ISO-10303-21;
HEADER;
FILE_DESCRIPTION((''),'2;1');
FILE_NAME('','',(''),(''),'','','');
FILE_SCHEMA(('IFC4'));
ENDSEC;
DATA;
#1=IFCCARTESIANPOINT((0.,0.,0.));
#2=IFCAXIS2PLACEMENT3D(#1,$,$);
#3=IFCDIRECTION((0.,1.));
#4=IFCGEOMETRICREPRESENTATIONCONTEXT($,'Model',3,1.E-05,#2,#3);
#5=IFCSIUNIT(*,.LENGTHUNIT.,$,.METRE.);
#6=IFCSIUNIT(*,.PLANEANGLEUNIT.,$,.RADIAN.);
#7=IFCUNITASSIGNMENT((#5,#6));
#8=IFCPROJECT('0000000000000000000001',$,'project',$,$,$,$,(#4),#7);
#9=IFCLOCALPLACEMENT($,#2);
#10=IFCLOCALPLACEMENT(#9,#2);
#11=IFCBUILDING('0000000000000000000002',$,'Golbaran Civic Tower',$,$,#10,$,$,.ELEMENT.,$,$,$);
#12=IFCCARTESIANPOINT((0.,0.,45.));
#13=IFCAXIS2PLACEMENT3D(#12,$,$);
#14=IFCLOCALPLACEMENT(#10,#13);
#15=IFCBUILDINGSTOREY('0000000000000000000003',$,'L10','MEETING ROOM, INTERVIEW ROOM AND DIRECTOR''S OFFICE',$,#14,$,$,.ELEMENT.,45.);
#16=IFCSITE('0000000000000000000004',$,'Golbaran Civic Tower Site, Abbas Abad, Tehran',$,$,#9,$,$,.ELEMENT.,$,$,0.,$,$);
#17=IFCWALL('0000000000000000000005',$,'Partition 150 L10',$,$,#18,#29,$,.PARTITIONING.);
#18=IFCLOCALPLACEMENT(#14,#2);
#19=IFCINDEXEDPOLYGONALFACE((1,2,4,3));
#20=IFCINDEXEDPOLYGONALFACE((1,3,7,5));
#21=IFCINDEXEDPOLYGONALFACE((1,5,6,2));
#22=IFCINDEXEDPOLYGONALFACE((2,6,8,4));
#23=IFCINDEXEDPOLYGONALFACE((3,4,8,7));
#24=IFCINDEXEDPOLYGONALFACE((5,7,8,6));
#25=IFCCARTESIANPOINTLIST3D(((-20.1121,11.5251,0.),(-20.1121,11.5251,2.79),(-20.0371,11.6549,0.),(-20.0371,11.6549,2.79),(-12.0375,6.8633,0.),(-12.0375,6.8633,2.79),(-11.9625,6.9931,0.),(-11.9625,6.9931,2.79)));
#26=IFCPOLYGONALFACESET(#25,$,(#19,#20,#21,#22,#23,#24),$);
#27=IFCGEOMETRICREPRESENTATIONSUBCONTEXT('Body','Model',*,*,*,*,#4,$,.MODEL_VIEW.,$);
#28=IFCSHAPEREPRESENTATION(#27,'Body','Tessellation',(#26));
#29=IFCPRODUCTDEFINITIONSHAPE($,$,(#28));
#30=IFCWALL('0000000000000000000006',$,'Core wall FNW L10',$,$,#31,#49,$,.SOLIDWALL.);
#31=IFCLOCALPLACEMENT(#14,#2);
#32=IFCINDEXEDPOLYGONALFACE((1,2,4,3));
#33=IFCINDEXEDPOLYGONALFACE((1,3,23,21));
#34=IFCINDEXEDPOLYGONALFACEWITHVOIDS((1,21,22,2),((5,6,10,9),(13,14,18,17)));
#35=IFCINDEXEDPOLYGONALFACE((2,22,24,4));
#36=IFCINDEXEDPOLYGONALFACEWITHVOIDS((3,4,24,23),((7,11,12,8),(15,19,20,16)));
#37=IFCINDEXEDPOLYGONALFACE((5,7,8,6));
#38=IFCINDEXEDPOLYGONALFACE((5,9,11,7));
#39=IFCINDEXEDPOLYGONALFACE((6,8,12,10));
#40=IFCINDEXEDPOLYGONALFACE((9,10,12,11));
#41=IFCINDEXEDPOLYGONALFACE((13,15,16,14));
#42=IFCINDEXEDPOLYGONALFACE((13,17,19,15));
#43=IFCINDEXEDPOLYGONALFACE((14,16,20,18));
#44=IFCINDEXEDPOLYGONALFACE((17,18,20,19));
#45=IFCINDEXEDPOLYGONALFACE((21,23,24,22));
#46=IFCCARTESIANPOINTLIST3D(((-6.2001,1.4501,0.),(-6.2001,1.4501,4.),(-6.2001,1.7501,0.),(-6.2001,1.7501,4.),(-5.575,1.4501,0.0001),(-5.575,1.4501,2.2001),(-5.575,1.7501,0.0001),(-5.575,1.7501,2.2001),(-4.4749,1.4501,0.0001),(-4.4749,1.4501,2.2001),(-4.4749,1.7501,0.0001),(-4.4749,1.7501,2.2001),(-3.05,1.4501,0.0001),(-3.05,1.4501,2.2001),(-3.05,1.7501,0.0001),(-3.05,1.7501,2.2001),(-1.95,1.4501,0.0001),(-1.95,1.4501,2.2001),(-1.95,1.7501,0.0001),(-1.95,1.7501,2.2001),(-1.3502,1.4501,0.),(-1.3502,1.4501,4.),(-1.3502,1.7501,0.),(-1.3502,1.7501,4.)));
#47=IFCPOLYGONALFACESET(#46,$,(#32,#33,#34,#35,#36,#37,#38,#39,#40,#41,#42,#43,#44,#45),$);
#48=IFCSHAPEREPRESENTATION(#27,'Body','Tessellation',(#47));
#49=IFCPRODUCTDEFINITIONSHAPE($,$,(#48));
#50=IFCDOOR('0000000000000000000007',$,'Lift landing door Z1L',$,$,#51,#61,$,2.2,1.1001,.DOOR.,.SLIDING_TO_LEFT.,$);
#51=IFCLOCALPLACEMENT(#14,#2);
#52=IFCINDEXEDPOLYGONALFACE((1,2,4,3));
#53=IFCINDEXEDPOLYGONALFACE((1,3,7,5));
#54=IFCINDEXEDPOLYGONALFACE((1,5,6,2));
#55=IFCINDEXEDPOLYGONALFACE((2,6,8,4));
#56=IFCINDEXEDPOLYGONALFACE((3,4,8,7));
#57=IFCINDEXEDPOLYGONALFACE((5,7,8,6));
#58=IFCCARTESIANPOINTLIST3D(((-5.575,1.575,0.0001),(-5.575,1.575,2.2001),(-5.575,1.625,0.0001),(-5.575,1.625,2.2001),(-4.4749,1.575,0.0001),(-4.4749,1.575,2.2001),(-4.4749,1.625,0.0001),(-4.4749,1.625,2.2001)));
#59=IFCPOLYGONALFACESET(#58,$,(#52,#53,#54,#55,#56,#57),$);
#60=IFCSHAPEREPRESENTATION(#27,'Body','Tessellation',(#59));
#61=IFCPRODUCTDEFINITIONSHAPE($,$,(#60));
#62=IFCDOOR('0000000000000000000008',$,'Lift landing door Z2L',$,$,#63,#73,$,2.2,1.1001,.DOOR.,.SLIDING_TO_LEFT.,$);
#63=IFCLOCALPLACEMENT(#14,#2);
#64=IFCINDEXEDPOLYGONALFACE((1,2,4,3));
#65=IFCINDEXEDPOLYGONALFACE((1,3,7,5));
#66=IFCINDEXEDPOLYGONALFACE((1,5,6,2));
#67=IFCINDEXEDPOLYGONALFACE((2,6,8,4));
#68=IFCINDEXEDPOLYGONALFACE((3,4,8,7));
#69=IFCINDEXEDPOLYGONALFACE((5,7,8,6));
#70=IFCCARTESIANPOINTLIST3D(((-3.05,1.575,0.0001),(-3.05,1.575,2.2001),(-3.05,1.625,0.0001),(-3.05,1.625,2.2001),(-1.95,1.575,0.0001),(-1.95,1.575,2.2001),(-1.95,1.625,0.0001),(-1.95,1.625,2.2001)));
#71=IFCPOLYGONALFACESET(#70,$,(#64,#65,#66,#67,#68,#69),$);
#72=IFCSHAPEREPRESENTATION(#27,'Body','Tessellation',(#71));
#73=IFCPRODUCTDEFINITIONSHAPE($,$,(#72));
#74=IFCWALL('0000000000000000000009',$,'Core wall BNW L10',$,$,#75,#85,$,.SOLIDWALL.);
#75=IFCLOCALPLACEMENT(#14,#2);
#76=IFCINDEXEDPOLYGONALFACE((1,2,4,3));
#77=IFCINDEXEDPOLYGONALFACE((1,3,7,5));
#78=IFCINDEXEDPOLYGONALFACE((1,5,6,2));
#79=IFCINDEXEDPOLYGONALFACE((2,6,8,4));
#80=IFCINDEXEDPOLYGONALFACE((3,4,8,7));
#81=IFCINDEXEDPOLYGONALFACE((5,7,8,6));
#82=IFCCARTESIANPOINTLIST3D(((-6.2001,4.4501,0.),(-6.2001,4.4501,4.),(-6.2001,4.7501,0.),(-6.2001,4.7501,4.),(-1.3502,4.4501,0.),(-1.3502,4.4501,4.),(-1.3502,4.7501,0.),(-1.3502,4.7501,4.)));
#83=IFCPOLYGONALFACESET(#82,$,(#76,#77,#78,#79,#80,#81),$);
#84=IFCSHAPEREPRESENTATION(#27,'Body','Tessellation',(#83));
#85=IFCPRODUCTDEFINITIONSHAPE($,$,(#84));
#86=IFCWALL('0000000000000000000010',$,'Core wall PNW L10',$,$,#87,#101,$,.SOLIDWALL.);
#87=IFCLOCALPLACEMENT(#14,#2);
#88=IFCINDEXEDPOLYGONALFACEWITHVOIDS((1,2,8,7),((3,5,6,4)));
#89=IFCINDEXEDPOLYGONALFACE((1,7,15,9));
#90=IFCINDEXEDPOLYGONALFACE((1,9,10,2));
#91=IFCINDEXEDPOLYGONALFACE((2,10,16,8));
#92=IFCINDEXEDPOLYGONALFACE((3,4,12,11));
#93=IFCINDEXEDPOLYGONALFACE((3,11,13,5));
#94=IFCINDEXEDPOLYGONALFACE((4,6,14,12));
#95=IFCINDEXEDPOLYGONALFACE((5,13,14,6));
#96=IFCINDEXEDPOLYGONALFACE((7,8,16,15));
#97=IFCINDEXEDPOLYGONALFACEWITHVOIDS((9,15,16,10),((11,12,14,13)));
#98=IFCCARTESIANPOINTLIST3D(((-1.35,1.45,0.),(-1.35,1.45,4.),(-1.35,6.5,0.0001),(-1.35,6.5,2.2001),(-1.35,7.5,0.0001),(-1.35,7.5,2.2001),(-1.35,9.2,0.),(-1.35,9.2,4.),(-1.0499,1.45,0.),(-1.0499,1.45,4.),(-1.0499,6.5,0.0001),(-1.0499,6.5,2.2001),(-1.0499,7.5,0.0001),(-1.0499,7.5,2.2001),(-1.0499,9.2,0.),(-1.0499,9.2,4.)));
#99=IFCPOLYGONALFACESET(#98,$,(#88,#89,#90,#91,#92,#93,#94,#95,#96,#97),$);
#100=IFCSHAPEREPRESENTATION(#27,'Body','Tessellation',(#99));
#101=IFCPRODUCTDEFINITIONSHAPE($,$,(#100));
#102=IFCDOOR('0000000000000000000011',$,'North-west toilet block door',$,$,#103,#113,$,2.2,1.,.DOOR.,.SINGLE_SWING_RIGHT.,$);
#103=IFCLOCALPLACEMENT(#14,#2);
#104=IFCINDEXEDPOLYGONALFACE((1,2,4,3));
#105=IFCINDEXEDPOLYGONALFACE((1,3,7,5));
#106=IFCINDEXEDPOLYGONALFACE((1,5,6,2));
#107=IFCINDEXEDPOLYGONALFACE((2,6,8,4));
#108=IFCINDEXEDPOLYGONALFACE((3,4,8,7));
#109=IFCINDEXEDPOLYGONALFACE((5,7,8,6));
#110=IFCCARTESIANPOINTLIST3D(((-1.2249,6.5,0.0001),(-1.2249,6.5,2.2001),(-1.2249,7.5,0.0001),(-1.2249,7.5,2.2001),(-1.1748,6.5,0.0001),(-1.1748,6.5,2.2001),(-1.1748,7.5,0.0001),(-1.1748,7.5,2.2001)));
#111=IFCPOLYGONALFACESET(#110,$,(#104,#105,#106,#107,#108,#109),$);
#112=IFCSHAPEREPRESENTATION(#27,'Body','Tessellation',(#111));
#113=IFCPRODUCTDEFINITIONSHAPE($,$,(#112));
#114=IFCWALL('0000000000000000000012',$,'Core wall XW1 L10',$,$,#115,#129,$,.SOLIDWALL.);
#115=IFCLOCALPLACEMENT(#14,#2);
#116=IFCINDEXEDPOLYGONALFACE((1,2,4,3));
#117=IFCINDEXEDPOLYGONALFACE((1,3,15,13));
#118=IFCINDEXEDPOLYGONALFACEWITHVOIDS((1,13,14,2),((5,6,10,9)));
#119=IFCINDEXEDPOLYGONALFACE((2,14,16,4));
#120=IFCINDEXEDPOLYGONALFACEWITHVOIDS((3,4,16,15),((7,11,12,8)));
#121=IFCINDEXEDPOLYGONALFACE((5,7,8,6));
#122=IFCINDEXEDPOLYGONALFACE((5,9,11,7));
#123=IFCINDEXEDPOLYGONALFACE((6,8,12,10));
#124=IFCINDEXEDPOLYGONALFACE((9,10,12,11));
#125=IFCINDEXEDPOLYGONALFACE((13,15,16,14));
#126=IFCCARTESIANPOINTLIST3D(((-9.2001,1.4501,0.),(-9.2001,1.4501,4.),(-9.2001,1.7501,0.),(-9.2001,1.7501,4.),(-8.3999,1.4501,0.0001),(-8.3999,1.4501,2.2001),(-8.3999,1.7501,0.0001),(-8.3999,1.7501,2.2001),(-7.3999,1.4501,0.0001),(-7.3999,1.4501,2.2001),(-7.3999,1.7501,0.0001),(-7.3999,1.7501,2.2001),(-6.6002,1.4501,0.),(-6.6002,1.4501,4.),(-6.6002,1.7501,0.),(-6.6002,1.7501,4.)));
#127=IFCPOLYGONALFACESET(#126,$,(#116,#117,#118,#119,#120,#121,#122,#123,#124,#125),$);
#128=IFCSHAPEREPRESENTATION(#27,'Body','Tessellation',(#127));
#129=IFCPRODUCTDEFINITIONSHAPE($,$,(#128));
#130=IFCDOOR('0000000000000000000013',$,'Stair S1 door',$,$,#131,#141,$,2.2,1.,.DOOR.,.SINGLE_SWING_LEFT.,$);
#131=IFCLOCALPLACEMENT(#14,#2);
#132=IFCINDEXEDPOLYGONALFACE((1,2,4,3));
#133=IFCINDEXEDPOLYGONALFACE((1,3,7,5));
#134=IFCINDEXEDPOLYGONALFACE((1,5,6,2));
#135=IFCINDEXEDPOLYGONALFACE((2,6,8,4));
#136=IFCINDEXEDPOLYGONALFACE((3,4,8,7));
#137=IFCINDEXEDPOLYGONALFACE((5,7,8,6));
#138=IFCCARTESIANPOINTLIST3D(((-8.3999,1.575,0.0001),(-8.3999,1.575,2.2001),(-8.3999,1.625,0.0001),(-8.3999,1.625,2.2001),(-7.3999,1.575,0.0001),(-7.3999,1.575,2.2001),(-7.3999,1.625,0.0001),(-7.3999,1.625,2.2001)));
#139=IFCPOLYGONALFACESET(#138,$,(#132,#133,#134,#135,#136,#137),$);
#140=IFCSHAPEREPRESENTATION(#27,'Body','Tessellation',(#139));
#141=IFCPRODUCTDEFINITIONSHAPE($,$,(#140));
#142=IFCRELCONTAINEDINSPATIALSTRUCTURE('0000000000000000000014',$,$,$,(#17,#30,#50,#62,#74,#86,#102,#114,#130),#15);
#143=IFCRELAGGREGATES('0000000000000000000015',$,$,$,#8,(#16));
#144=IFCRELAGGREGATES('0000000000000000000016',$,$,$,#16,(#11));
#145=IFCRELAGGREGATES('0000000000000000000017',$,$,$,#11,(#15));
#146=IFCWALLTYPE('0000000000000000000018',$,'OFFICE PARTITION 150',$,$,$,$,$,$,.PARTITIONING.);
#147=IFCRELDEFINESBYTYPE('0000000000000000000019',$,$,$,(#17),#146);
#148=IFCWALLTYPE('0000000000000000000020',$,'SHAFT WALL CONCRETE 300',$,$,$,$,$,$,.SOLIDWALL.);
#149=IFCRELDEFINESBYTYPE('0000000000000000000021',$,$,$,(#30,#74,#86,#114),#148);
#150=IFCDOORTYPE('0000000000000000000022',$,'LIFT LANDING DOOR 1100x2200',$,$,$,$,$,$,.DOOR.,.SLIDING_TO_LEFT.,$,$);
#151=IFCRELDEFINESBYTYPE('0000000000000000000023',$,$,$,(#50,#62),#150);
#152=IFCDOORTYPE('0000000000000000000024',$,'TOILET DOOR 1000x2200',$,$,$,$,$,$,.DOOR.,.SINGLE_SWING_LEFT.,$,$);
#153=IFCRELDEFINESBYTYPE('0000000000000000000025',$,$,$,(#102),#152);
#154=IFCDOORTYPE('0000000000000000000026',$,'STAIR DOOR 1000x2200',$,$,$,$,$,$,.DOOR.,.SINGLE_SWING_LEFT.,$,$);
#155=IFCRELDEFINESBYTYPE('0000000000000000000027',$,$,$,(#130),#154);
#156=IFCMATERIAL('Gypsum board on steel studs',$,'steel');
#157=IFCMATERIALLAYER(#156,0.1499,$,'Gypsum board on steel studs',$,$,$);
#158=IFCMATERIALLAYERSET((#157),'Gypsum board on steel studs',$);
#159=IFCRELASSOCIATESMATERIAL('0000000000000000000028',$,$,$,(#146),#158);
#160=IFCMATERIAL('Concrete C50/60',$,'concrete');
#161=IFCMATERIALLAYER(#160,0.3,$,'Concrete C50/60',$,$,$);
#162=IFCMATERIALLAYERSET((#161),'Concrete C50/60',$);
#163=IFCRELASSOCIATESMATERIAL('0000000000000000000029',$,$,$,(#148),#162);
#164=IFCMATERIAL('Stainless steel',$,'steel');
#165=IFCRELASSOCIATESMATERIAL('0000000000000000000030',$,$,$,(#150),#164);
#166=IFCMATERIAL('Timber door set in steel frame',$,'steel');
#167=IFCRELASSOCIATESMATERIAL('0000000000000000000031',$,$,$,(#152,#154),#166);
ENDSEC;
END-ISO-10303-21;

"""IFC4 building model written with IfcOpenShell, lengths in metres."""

from ifc_helpers import new_model, si_unit, direction, frame, frame_2d, origin, place, context, subcontext, project, spatial, rectangle, extrude, material, layer, layer_set, type_object, element, fill, save


model = new_model("IFC4")

# Units and contexts
model_context = context("Model", 3, precision=1e-05, world=origin(), true_north=direction((0.0, 1.0)))
body_context = subcontext(model_context, "Body", "Model", "MODEL_VIEW")
ifc_project = project(units=[si_unit("LENGTHUNIT", "METRE"), si_unit("PLANEANGLEUNIT", "RADIAN")], contexts=[model_context])

# Site, building, storey
site_placement = place(None, origin())
site = spatial("IfcSite", under=ifc_project, at=site_placement, Name="Golbaran Civic Tower Site, Abbas Abad, Tehran", CompositionType="ELEMENT", RefElevation=0.0)
building_placement = place(site_placement, origin())
building = spatial("IfcBuilding", under=site, at=building_placement, Name="Golbaran Civic Tower", CompositionType="ELEMENT")
storey_placement = place(building_placement, frame((0.0, 0.0, 45.0)))
storey = spatial("IfcBuildingStorey", under=building, at=storey_placement, Name="L10", Description="MEETING ROOM, INTERVIEW ROOM AND DIRECTOR'S OFFICE", CompositionType="ELEMENT", Elevation=45.0)

# Shared definitions
ifc_material_1 = material(Name="Concrete C50/60", Category="concrete")
ifc_material_2 = material(Name="Timber door set in steel frame", Category="steel")

# Wall
ifc_material_3 = material(Name="Gypsum board on steel studs", Category="steel")
ifc_layer_1 = layer(ifc_material_3, 0.1499, Name="Gypsum board on steel studs")
ifc_layer_set_1 = layer_set([ifc_layer_1], Name="Gypsum board on steel studs")
wall_type_1 = type_object("IfcWallType", Name="OFFICE PARTITION 150", PredefinedType="PARTITIONING", material=ifc_layer_set_1)
wall_1_placement = place(storey_placement, frame((-12.0, 6.9282, 0.0), z_axis=(0.0, 0.0, 1.0), x_axis=(-0.866029, 0.499994, 0.0)))
element("IfcWall", 1, at=wall_1_placement, inside=storey, type_object=wall_type_1, Name="Partition 150 L10", PredefinedType="PARTITIONING", context=body_context, shape_type="SweptSolid", body=[
    extrude(rectangle(XDim=9.3237, YDim=0.1499, at=frame_2d((4.6619, 0.0))), origin(), (0.0, 0.0, 1.0), 2.79),
])

# Wall, openings, doors
ifc_layer_2 = layer(ifc_material_1, 0.3, Name="Concrete C50/60")
ifc_layer_set_2 = layer_set([ifc_layer_2], Name="Concrete C50/60")
wall_type_2 = type_object("IfcWallType", Name="SHAFT WALL CONCRETE 300", PredefinedType="SOLIDWALL", material=ifc_layer_set_2)
wall_2_placement = place(storey_placement, frame((-6.2, 1.6001, 0.0), z_axis=(0.0, 0.0, 1.0), x_axis=(1.0, 0.0, 0.0)))
wall_2 = element("IfcWall", 2, at=wall_2_placement, inside=storey, type_object=wall_type_2, Name="Core wall FNW L10", PredefinedType="SOLIDWALL", context=body_context, shape_type="SweptSolid", body=[
    extrude(rectangle(XDim=4.8499, YDim=0.3, at=frame_2d((2.4248, 0.0))), origin(), (0.0, 0.0, 1.0), 4.0),
])
opening_1_placement = place(wall_2_placement, frame((0.625, 0.0, 0.0)))
opening_1 = element("IfcOpeningElement", 3, at=opening_1_placement, cuts=wall_2, PredefinedType="OPENING", context=body_context, shape_type="SweptSolid", body=[
    extrude(rectangle(XDim=1.1001, YDim=2.2, at=frame_2d((0.55, 1.1001))), frame((0.0, 0.1599, 0.0), z_axis=(0.0, -1.0, 0.0), x_axis=(1.0, 0.0, 0.0)), (0.0, 0.0, 1.0), 0.3201),
])
opening_2_placement = place(wall_2_placement, frame((3.1499, 0.0, 0.0)))
opening_2 = element("IfcOpeningElement", 4, at=opening_2_placement, cuts=wall_2, PredefinedType="OPENING", context=body_context, shape_type="SweptSolid", body=[
    extrude(rectangle(XDim=1.1001, YDim=2.2, at=frame_2d((0.55, 1.1001))), frame((0.0, 0.1599, 0.0), z_axis=(0.0, -1.0, 0.0), x_axis=(1.0, 0.0, 0.0)), (0.0, 0.0, 1.0), 0.3201),
])
ifc_material_4 = material(Name="Stainless steel", Category="steel")
door_type_1 = type_object("IfcDoorType", Name="LIFT LANDING DOOR 1100x2200", OperationType="SLIDING_TO_LEFT", PredefinedType="DOOR", material=ifc_material_4)
door_1_placement = place(opening_1_placement, origin())
door_1 = element("IfcDoor", 5, at=door_1_placement, inside=storey, type_object=door_type_1, Name="Lift landing door Z1L", OperationType="SLIDING_TO_LEFT", OverallHeight=2.2, OverallWidth=1.1001, PredefinedType="DOOR", context=body_context, shape_type="SweptSolid", body=[
    extrude(rectangle(XDim=1.1001, YDim=2.2, at=frame_2d((0.55, 1.1001))), frame((0.0, 0.0249, 0.0), z_axis=(0.0, -1.0, 0.0), x_axis=(1.0, 0.0, 0.0)), (0.0, 0.0, 1.0), 0.05),
])
fill(opening_1, door_1)
door_2_placement = place(opening_2_placement, origin())
door_2 = element("IfcDoor", 6, at=door_2_placement, inside=storey, type_object=door_type_1, Name="Lift landing door Z2L", OperationType="SLIDING_TO_LEFT", OverallHeight=2.2, OverallWidth=1.1001, PredefinedType="DOOR", context=body_context, shape_type="SweptSolid", body=[
    extrude(rectangle(XDim=1.1001, YDim=2.2, at=frame_2d((0.55, 1.1001))), frame((0.0, 0.0249, 0.0), z_axis=(0.0, -1.0, 0.0), x_axis=(1.0, 0.0, 0.0)), (0.0, 0.0, 1.0), 0.05),
])
fill(opening_2, door_2)

# Wall
wall_3_placement = place(storey_placement, frame((-6.2, 4.6001, 0.0), z_axis=(0.0, 0.0, 1.0), x_axis=(1.0, 0.0, 0.0)))
element("IfcWall", 7, at=wall_3_placement, inside=storey, type_object=wall_type_2, Name="Core wall BNW L10", PredefinedType="SOLIDWALL", context=body_context, shape_type="SweptSolid", body=[
    extrude(rectangle(XDim=4.8499, YDim=0.3, at=frame_2d((2.4248, 0.0))), origin(), (0.0, 0.0, 1.0), 4.0),
])

# Walls, openings, doors
wall_4_placement = place(storey_placement, frame((-1.2, 1.45, 0.0), z_axis=(0.0, 0.0, 1.0), x_axis=(0.0, 1.0, 0.0)))
wall_4 = element("IfcWall", 8, at=wall_4_placement, inside=storey, type_object=wall_type_2, Name="Core wall PNW L10", PredefinedType="SOLIDWALL", context=body_context, shape_type="SweptSolid", body=[
    extrude(rectangle(XDim=7.75, YDim=0.3, at=frame_2d((3.875, 0.0))), origin(), (0.0, 0.0, 1.0), 4.0),
])
opening_3_placement = place(wall_4_placement, frame((5.05, 0.0, 0.0)))
opening_3 = element("IfcOpeningElement", 9, at=opening_3_placement, cuts=wall_4, PredefinedType="OPENING", context=body_context, shape_type="SweptSolid", body=[
    extrude(rectangle(XDim=1.0, YDim=2.2, at=frame_2d((0.5, 1.1001))), frame((0.0, 0.1599, 0.0), z_axis=(0.0, -1.0, 0.0), x_axis=(1.0, 0.0, 0.0)), (0.0, 0.0, 1.0), 0.3201),
])
door_type_2 = type_object("IfcDoorType", Name="TOILET DOOR 1000x2200", OperationType="SINGLE_SWING_LEFT", PredefinedType="DOOR", material=ifc_material_2)
door_3_placement = place(opening_3_placement, origin())
door_3 = element("IfcDoor", 10, at=door_3_placement, inside=storey, type_object=door_type_2, Name="North-west toilet block door", OperationType="SINGLE_SWING_RIGHT", OverallHeight=2.2, OverallWidth=1.0, PredefinedType="DOOR", context=body_context, shape_type="SweptSolid", body=[
    extrude(rectangle(XDim=1.0, YDim=2.2, at=frame_2d((0.5, 1.1001))), frame((0.0, 0.0249, 0.0), z_axis=(0.0, -1.0, 0.0), x_axis=(1.0, 0.0, 0.0)), (0.0, 0.0, 1.0), 0.05),
])
fill(opening_3, door_3)
wall_5_placement = place(storey_placement, frame((-9.2, 1.6001, 0.0), z_axis=(0.0, 0.0, 1.0), x_axis=(1.0, 0.0, 0.0)))
wall_5 = element("IfcWall", 11, at=wall_5_placement, inside=storey, type_object=wall_type_2, Name="Core wall XW1 L10", PredefinedType="SOLIDWALL", context=body_context, shape_type="SweptSolid", body=[
    extrude(rectangle(XDim=2.5999, YDim=0.3, at=frame_2d((1.2998, 0.0))), origin(), (0.0, 0.0, 1.0), 4.0),
])
opening_4_placement = place(wall_5_placement, frame((0.8, 0.0, 0.0)))
opening_4 = element("IfcOpeningElement", 12, at=opening_4_placement, cuts=wall_5, PredefinedType="OPENING", context=body_context, shape_type="SweptSolid", body=[
    extrude(rectangle(XDim=1.0, YDim=2.2, at=frame_2d((0.5, 1.1001))), frame((0.0, 0.1599, 0.0), z_axis=(0.0, -1.0, 0.0), x_axis=(1.0, 0.0, 0.0)), (0.0, 0.0, 1.0), 0.3201),
])
door_type_3 = type_object("IfcDoorType", Name="STAIR DOOR 1000x2200", OperationType="SINGLE_SWING_LEFT", PredefinedType="DOOR", material=ifc_material_2)
door_4_placement = place(opening_4_placement, origin())
door_4 = element("IfcDoor", 13, at=door_4_placement, inside=storey, type_object=door_type_3, Name="Stair S1 door", OperationType="SINGLE_SWING_LEFT", OverallHeight=2.2, OverallWidth=1.0, PredefinedType="DOOR", context=body_context, shape_type="SweptSolid", body=[
    extrude(rectangle(XDim=1.0, YDim=2.2, at=frame_2d((0.5, 1.1001))), frame((0.0, 0.0249, 0.0), z_axis=(0.0, -1.0, 0.0), x_axis=(1.0, 0.0, 0.0)), (0.0, 0.0, 1.0), 0.05),
])
fill(opening_4, door_4)

save(model, "model.ifc")
